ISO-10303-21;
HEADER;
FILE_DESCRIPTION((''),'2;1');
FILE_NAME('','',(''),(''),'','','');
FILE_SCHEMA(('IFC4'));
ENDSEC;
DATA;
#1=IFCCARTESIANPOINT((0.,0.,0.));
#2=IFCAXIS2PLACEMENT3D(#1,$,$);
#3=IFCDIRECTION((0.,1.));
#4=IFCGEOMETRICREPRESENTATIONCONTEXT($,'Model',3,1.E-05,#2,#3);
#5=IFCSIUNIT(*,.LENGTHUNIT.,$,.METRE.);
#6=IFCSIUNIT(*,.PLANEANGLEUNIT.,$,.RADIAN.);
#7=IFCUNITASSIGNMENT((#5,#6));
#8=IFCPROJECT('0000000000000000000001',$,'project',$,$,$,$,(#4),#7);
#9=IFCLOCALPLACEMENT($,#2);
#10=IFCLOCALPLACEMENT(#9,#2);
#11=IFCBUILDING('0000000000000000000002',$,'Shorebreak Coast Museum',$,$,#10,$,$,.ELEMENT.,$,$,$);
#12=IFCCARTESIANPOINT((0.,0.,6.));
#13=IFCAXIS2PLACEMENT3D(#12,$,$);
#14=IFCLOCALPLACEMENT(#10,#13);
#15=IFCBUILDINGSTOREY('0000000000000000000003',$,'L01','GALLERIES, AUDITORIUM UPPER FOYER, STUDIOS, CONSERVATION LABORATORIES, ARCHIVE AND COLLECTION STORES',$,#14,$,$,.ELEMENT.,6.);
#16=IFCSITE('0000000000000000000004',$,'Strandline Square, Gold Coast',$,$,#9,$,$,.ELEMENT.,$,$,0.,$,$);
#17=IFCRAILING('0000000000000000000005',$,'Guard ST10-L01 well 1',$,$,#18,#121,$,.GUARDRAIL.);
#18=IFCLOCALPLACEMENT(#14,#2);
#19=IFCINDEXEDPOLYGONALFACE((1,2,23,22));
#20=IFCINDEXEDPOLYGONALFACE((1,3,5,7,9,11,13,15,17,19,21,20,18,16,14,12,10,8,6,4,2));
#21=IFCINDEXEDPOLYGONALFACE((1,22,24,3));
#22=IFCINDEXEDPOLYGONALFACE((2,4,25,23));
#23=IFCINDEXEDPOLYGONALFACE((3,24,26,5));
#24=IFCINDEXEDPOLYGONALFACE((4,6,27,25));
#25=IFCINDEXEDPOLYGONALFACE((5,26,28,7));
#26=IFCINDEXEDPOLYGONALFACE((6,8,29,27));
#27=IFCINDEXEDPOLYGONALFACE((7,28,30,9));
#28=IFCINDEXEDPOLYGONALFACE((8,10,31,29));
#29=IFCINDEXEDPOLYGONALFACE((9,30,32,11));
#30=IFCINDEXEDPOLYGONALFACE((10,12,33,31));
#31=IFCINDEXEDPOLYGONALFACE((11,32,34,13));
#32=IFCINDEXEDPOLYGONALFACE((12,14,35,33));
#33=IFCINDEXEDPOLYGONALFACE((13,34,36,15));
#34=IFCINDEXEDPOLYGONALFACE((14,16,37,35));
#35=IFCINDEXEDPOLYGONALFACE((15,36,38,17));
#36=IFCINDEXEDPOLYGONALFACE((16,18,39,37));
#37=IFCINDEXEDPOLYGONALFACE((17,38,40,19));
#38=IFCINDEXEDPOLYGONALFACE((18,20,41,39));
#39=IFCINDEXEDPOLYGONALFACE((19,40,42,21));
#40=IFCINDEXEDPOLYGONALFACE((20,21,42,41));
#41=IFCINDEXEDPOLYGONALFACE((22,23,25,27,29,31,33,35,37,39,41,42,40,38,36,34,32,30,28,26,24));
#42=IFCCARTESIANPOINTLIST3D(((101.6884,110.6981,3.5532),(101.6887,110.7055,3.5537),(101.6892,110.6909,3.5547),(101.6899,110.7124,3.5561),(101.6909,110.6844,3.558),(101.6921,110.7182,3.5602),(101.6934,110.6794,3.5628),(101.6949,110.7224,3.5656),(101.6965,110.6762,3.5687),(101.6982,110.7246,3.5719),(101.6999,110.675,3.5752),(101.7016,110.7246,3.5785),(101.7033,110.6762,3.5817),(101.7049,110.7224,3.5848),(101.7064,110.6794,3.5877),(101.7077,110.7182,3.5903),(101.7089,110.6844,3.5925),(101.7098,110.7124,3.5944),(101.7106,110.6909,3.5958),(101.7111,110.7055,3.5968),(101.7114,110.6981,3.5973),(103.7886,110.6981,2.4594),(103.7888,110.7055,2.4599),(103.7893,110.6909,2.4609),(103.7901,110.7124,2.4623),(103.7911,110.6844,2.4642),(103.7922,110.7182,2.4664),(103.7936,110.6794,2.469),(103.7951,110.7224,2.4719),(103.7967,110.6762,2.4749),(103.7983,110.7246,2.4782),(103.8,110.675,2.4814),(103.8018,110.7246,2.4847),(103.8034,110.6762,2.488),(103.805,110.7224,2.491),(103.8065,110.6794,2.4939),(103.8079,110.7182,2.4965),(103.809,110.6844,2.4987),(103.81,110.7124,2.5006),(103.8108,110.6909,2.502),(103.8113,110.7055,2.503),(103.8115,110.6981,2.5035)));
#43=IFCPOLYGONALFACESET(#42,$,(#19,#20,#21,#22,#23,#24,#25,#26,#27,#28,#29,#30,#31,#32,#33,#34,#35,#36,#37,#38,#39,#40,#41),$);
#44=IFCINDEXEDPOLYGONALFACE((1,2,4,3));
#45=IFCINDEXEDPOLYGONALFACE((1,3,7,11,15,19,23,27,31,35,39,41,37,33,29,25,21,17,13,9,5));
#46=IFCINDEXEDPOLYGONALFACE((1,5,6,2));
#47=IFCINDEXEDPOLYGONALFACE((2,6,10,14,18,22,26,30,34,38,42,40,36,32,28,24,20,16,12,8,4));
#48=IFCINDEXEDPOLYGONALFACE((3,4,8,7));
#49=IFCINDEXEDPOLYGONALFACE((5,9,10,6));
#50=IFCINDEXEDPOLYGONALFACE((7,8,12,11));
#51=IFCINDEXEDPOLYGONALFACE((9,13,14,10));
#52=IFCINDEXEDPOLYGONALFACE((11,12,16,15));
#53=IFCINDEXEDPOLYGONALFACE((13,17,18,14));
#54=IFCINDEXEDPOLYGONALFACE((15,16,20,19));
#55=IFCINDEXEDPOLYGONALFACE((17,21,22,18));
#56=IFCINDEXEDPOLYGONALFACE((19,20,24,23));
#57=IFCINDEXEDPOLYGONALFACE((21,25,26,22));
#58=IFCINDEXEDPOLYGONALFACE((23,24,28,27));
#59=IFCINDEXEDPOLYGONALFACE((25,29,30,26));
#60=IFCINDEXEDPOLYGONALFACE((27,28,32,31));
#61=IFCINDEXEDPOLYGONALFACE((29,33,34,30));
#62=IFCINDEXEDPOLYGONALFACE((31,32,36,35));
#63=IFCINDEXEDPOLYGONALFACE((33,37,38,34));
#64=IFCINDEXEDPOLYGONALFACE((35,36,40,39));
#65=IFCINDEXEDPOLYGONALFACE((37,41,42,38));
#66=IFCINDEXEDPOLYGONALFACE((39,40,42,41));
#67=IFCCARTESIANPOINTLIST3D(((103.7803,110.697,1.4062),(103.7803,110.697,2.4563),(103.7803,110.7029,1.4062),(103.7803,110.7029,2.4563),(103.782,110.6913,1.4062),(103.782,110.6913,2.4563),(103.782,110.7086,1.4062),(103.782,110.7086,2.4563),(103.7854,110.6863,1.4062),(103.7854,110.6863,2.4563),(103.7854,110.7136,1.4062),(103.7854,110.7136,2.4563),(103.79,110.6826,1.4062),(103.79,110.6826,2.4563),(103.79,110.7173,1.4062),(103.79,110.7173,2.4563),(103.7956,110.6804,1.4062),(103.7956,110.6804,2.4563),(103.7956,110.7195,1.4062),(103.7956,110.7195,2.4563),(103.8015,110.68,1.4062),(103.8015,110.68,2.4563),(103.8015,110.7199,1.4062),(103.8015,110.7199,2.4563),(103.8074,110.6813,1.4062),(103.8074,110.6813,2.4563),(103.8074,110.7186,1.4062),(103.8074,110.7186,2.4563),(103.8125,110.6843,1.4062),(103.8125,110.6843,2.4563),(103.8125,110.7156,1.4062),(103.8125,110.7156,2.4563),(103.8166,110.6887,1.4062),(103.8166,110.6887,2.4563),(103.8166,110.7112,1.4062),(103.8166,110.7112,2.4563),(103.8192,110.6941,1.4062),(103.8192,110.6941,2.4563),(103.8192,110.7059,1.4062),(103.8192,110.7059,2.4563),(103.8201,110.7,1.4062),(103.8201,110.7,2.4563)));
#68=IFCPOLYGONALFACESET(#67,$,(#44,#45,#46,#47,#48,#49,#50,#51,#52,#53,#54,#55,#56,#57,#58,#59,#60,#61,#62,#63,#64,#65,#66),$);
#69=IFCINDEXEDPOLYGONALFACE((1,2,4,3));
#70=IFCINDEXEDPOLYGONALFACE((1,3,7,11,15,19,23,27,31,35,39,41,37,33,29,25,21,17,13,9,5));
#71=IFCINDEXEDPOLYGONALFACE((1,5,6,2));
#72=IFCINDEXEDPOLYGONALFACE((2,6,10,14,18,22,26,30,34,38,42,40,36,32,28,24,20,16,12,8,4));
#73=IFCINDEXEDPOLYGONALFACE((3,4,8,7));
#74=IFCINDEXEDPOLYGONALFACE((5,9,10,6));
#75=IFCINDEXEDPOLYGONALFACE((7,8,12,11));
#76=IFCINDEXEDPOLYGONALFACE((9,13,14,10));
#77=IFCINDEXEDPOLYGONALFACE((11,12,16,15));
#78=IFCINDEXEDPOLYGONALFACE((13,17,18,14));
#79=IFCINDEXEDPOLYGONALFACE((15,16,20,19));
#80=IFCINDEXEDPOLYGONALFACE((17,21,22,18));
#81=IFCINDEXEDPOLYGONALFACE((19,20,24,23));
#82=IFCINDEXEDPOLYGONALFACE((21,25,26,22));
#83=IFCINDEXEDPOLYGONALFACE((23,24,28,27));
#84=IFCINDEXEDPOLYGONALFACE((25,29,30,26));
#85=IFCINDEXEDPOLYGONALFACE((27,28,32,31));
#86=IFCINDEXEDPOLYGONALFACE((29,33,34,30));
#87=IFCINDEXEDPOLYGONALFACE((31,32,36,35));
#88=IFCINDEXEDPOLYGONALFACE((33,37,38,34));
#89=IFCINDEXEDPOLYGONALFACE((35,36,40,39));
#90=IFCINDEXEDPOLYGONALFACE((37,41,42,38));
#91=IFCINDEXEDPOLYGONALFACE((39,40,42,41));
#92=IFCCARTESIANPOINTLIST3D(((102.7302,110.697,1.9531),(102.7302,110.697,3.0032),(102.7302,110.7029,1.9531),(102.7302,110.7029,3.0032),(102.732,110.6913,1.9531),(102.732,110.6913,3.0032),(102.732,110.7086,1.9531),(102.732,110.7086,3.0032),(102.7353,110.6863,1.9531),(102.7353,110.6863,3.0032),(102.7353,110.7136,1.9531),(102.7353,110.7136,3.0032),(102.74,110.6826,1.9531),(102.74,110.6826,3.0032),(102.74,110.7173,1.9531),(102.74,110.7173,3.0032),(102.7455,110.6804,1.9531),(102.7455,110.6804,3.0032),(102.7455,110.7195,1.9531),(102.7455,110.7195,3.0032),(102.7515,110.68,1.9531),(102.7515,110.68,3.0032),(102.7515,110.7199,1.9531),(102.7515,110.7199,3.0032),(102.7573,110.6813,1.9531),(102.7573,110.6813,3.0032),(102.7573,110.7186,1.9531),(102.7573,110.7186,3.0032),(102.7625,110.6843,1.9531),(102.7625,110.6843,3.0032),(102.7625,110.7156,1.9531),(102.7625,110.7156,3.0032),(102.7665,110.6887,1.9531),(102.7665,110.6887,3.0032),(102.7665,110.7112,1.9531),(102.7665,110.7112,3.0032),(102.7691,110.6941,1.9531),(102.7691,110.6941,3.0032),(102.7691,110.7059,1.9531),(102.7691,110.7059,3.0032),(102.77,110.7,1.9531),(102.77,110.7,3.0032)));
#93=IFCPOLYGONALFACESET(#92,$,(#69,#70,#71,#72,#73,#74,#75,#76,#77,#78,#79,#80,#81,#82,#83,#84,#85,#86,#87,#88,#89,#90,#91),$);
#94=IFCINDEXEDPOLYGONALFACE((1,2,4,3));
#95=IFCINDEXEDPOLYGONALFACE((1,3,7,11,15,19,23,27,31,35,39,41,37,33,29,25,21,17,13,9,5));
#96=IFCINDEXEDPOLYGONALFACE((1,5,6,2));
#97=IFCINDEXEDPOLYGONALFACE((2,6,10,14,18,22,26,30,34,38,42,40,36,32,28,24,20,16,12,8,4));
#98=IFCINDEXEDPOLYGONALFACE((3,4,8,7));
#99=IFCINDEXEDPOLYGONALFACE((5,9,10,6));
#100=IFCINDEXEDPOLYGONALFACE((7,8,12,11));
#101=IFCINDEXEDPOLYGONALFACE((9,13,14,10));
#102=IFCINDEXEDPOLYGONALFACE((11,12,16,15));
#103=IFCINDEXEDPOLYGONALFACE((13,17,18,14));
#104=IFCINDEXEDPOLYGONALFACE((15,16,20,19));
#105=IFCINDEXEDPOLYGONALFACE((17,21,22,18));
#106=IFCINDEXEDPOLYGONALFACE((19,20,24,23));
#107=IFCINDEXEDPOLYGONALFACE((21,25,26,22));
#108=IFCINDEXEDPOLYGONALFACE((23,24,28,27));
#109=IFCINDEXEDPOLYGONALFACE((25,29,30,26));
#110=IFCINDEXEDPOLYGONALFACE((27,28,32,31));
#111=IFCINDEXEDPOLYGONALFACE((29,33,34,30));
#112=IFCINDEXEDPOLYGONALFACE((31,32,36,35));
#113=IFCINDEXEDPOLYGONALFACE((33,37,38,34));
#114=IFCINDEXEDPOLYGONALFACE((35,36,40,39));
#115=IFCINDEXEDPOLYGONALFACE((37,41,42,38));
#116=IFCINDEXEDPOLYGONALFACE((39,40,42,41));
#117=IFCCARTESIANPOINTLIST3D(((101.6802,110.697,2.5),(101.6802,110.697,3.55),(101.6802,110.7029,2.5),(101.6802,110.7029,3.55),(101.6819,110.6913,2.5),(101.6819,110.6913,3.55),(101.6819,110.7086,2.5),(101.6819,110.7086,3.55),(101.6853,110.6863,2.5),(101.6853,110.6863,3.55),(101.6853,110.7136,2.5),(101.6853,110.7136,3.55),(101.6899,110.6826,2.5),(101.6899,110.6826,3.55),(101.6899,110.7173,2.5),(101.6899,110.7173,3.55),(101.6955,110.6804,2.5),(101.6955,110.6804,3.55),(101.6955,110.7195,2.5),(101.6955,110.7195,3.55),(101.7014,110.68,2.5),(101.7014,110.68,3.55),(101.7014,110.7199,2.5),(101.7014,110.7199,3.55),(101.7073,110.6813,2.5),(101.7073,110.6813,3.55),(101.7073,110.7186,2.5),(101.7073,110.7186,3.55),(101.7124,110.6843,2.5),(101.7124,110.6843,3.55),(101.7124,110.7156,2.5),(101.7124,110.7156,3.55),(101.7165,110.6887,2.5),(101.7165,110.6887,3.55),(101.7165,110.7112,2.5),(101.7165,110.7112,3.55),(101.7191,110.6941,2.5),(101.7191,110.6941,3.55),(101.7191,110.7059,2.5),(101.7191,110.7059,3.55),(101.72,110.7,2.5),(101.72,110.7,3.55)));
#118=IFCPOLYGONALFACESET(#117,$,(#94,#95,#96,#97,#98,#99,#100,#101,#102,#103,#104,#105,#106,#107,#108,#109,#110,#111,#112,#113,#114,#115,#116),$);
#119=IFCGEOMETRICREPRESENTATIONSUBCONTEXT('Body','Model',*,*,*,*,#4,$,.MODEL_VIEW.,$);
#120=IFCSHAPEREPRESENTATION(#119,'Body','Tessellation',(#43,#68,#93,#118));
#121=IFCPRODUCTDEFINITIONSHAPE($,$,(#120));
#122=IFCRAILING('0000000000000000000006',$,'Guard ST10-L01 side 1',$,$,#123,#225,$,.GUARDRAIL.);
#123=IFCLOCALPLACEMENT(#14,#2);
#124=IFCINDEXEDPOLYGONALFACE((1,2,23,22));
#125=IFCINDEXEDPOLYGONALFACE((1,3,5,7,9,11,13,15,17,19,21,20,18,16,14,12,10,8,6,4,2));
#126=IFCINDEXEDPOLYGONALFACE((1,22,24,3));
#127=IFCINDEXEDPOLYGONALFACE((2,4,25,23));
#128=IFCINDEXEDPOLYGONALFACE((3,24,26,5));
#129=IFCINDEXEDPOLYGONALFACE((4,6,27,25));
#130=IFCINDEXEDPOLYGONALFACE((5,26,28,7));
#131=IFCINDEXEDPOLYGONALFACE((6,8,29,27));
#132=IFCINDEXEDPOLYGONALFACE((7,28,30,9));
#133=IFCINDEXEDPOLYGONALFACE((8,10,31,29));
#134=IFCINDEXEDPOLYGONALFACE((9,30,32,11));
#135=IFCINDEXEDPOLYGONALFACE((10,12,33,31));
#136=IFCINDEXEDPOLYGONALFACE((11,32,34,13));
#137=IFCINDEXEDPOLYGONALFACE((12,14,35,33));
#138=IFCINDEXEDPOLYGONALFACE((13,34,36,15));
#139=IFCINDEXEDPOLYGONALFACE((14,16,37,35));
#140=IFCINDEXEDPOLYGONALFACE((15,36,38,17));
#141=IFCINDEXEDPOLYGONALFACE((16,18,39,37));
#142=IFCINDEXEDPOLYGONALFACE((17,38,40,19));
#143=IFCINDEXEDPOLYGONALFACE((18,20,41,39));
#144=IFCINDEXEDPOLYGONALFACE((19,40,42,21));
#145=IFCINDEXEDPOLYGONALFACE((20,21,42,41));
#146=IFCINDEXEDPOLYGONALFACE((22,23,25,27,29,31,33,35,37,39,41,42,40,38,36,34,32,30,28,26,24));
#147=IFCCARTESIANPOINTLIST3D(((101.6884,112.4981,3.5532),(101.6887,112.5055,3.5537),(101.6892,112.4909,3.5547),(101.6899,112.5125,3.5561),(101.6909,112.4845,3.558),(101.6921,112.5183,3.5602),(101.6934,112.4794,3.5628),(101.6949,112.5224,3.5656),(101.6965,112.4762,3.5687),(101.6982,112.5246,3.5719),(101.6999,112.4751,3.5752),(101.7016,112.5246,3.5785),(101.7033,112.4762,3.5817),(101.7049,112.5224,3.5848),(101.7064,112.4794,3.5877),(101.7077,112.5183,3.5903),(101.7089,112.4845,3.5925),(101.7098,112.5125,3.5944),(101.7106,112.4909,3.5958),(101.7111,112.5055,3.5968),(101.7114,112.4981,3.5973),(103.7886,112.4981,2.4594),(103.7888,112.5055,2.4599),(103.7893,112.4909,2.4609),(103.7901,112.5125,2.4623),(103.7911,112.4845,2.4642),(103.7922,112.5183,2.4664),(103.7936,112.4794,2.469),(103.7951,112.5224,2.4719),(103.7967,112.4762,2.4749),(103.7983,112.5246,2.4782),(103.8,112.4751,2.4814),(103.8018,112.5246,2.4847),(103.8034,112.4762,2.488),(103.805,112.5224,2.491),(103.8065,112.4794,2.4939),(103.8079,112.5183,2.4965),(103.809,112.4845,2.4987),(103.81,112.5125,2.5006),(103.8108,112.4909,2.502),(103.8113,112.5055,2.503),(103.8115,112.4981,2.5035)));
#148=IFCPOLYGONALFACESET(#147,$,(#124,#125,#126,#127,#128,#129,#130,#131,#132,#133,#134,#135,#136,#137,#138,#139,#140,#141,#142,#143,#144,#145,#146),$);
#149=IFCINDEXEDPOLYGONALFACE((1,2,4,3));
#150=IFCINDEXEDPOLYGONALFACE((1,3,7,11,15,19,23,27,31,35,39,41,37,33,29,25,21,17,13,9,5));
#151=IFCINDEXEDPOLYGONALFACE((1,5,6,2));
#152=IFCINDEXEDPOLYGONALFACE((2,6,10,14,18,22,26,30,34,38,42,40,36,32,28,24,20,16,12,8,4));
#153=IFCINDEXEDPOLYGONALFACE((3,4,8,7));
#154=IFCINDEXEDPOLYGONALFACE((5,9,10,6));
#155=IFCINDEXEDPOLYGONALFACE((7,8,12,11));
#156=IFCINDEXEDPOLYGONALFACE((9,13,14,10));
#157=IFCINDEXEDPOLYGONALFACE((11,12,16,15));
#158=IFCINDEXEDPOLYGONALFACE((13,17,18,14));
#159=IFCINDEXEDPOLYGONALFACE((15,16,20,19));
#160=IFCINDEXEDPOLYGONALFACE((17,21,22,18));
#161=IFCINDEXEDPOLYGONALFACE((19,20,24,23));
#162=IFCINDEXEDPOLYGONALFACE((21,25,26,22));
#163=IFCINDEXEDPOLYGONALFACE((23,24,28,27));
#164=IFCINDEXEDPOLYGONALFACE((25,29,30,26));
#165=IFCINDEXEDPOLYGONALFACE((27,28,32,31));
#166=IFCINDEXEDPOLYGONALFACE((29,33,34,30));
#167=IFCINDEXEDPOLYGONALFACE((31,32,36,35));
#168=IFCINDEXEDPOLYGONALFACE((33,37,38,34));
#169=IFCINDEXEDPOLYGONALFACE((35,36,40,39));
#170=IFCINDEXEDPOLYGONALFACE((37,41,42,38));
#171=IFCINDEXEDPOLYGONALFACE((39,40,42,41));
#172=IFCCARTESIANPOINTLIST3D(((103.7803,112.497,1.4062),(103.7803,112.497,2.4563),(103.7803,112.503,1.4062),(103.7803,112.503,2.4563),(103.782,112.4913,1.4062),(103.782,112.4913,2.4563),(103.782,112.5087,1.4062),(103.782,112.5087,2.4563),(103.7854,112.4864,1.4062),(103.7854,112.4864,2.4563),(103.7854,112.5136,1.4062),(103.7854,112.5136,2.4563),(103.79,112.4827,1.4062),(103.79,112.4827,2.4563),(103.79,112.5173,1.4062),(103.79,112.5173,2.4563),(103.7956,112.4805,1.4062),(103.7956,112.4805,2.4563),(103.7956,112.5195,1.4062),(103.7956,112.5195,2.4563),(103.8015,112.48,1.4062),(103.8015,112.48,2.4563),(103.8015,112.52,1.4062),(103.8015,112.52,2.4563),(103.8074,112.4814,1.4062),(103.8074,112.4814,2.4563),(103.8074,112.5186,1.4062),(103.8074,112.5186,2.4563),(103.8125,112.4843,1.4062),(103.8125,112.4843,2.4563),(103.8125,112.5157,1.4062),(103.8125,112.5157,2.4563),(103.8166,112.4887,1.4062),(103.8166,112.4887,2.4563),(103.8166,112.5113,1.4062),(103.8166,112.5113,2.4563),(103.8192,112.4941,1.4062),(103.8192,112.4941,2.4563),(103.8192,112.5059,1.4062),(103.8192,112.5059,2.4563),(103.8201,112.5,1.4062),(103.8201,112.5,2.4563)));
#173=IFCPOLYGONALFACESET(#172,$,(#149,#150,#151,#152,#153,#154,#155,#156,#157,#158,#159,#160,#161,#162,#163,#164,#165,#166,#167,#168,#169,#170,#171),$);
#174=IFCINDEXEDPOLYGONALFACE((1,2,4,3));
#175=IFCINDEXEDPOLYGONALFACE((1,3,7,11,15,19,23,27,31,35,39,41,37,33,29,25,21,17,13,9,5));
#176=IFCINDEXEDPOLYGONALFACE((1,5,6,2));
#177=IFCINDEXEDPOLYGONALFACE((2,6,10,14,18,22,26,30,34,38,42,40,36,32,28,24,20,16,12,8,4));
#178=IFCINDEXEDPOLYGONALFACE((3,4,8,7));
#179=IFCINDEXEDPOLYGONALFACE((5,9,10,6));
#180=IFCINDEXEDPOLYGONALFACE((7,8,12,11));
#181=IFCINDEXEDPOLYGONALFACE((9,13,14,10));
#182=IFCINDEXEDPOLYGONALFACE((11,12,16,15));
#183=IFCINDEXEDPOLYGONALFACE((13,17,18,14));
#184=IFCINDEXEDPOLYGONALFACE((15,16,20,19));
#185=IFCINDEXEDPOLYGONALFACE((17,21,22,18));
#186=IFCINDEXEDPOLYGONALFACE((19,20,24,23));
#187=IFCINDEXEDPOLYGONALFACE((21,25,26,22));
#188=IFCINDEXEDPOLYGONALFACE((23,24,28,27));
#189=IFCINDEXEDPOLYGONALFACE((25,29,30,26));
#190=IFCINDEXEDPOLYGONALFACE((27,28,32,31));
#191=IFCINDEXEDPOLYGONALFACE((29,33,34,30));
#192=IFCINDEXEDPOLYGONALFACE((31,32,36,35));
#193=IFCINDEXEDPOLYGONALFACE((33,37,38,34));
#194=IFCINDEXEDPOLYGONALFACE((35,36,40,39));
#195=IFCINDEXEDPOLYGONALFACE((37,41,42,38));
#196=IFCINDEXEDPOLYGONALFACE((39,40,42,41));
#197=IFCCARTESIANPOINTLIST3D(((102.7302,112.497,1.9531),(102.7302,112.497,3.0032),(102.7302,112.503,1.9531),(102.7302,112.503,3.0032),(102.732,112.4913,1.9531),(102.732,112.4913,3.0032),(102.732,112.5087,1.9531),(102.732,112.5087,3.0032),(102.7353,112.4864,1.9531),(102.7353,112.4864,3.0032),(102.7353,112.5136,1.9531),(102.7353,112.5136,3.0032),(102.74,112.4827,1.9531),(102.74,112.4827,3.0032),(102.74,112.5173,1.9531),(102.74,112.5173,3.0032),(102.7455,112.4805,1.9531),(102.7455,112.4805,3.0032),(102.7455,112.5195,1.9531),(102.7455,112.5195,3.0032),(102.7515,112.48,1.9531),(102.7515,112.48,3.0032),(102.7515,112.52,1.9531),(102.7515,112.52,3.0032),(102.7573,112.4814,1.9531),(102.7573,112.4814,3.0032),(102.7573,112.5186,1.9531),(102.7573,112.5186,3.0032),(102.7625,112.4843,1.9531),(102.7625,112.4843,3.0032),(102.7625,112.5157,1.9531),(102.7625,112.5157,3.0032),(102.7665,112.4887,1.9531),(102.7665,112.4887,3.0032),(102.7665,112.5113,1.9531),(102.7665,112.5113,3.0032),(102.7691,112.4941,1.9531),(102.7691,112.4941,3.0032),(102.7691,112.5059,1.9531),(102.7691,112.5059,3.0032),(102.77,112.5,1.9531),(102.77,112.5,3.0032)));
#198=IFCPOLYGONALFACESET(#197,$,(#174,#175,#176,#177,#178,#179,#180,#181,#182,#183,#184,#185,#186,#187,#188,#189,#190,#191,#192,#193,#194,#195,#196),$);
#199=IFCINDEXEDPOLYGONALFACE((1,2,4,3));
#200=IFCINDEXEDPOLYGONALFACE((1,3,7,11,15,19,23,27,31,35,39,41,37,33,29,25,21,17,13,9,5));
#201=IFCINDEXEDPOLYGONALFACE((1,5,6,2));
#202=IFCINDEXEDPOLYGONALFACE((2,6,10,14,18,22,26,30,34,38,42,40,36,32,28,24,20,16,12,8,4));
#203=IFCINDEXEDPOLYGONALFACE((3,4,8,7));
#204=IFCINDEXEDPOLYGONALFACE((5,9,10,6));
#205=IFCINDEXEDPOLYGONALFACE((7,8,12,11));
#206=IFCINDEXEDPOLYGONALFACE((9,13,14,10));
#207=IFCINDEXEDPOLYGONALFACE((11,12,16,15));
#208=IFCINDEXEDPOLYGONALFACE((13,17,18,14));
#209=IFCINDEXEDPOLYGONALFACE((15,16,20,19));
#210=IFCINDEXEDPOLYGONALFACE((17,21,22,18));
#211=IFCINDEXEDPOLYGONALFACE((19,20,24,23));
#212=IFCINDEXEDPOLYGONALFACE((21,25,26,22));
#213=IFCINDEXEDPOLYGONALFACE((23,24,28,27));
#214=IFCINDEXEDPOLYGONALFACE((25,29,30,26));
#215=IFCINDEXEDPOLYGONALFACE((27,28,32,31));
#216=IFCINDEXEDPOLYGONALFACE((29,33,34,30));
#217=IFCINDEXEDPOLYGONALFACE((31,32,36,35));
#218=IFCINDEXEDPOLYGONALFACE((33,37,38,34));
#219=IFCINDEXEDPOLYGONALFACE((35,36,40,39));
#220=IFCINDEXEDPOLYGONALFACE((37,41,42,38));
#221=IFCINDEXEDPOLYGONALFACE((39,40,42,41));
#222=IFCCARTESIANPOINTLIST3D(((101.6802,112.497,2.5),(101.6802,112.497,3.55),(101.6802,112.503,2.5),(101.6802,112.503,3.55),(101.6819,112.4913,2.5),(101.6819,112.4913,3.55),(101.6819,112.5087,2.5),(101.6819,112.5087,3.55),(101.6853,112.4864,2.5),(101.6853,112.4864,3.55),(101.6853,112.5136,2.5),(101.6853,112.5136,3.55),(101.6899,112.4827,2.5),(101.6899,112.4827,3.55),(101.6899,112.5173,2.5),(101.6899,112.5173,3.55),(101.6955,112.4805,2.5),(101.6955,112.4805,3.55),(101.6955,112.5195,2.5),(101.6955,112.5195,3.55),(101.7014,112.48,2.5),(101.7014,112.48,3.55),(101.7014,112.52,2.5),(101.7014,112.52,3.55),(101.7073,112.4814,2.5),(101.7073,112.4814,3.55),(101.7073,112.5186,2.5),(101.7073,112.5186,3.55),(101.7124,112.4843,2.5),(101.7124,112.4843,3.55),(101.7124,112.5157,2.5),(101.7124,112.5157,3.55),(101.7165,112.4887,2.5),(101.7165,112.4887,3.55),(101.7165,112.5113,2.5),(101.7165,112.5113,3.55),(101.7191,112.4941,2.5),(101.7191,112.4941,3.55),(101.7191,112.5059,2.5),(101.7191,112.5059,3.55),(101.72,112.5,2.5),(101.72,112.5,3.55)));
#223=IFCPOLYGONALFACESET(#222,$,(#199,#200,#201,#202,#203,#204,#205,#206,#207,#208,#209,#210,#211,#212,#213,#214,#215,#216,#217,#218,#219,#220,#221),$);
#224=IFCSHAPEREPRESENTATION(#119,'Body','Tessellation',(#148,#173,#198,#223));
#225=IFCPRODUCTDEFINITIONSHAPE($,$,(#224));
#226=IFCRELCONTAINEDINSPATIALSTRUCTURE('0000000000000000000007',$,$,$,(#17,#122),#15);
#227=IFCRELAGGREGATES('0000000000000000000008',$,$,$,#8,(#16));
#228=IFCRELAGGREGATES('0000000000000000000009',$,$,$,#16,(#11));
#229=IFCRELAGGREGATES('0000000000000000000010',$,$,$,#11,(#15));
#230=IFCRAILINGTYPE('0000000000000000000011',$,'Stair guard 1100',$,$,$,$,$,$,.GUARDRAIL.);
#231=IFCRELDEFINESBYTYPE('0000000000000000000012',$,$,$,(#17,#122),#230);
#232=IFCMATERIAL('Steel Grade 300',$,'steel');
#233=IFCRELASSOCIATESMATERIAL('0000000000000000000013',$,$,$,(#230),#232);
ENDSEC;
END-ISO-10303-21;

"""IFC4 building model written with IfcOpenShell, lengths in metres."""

from ifc_helpers import new_model, si_unit, direction, frame, origin, origin_2d, place, context, subcontext, project, spatial, circle, extrude, material, type_object, element, save


model = new_model("IFC4")

# Units and contexts
model_context = context("Model", 3, precision=1e-05, world=origin(), true_north=direction((0.0, 1.0)))
body_context = subcontext(model_context, "Body", "Model", "MODEL_VIEW")
ifc_project = project(units=[si_unit("LENGTHUNIT", "METRE"), si_unit("PLANEANGLEUNIT", "RADIAN")], contexts=[model_context])

# Site, building, storey
site_placement = place(None, origin())
site = spatial("IfcSite", under=ifc_project, at=site_placement, Name="Strandline Square, Gold Coast", CompositionType="ELEMENT", RefElevation=0.0)
building_placement = place(site_placement, origin())
building = spatial("IfcBuilding", under=site, at=building_placement, Name="Shorebreak Coast Museum", CompositionType="ELEMENT")
storey_placement = place(building_placement, frame((0.0, 0.0, 6.0)))
storey = spatial("IfcBuildingStorey", under=building, at=storey_placement, Name="L01", Description="GALLERIES, AUDITORIUM UPPER FOYER, STUDIOS, CONSERVATION LABORATORIES, ARCHIVE AND COLLECTION STORES", CompositionType="ELEMENT", Elevation=6.0)

# Railings
ifc_material_1 = material(Name="Steel Grade 300", Category="steel")
railing_type_1 = type_object("IfcRailingType", Name="Stair guard 1100", PredefinedType="GUARDRAIL", material=ifc_material_1)
for number, where, name in (
    (1, (103.8, 110.7, 1.4062), "Guard ST10-L01 well 1"),
    (2, (103.8, 112.5, 1.4062), "Guard ST10-L01 side 1"),
):
    element("IfcRailing", number, at=place(storey_placement, frame(where)), inside=storey, type_object=railing_type_1, Name=name, PredefinedType="GUARDRAIL", context=body_context, shape_type="SweptSolid", body=[
        extrude(circle(Radius=0.0249, at=origin_2d()), frame((0.0, 0.0, 1.0752), z_axis=(-0.886923, 0.0, 0.461918), x_axis=(0.0, -1.0, 0.0)), (0.0, 0.0, 1.0), 2.3679),
        extrude(circle(Radius=0.02, at=origin_2d()), origin(), (0.0, 0.0, 1.0), 1.05),
        extrude(circle(Radius=0.02, at=origin_2d()), frame((-1.05, 0.0, 0.5469)), (0.0, 0.0, 1.0), 1.05),
        extrude(circle(Radius=0.02, at=origin_2d()), frame((-2.1001, 0.0, 1.0938)), (0.0, 0.0, 1.0), 1.05),
    ])

save(model, "model.ifc")
